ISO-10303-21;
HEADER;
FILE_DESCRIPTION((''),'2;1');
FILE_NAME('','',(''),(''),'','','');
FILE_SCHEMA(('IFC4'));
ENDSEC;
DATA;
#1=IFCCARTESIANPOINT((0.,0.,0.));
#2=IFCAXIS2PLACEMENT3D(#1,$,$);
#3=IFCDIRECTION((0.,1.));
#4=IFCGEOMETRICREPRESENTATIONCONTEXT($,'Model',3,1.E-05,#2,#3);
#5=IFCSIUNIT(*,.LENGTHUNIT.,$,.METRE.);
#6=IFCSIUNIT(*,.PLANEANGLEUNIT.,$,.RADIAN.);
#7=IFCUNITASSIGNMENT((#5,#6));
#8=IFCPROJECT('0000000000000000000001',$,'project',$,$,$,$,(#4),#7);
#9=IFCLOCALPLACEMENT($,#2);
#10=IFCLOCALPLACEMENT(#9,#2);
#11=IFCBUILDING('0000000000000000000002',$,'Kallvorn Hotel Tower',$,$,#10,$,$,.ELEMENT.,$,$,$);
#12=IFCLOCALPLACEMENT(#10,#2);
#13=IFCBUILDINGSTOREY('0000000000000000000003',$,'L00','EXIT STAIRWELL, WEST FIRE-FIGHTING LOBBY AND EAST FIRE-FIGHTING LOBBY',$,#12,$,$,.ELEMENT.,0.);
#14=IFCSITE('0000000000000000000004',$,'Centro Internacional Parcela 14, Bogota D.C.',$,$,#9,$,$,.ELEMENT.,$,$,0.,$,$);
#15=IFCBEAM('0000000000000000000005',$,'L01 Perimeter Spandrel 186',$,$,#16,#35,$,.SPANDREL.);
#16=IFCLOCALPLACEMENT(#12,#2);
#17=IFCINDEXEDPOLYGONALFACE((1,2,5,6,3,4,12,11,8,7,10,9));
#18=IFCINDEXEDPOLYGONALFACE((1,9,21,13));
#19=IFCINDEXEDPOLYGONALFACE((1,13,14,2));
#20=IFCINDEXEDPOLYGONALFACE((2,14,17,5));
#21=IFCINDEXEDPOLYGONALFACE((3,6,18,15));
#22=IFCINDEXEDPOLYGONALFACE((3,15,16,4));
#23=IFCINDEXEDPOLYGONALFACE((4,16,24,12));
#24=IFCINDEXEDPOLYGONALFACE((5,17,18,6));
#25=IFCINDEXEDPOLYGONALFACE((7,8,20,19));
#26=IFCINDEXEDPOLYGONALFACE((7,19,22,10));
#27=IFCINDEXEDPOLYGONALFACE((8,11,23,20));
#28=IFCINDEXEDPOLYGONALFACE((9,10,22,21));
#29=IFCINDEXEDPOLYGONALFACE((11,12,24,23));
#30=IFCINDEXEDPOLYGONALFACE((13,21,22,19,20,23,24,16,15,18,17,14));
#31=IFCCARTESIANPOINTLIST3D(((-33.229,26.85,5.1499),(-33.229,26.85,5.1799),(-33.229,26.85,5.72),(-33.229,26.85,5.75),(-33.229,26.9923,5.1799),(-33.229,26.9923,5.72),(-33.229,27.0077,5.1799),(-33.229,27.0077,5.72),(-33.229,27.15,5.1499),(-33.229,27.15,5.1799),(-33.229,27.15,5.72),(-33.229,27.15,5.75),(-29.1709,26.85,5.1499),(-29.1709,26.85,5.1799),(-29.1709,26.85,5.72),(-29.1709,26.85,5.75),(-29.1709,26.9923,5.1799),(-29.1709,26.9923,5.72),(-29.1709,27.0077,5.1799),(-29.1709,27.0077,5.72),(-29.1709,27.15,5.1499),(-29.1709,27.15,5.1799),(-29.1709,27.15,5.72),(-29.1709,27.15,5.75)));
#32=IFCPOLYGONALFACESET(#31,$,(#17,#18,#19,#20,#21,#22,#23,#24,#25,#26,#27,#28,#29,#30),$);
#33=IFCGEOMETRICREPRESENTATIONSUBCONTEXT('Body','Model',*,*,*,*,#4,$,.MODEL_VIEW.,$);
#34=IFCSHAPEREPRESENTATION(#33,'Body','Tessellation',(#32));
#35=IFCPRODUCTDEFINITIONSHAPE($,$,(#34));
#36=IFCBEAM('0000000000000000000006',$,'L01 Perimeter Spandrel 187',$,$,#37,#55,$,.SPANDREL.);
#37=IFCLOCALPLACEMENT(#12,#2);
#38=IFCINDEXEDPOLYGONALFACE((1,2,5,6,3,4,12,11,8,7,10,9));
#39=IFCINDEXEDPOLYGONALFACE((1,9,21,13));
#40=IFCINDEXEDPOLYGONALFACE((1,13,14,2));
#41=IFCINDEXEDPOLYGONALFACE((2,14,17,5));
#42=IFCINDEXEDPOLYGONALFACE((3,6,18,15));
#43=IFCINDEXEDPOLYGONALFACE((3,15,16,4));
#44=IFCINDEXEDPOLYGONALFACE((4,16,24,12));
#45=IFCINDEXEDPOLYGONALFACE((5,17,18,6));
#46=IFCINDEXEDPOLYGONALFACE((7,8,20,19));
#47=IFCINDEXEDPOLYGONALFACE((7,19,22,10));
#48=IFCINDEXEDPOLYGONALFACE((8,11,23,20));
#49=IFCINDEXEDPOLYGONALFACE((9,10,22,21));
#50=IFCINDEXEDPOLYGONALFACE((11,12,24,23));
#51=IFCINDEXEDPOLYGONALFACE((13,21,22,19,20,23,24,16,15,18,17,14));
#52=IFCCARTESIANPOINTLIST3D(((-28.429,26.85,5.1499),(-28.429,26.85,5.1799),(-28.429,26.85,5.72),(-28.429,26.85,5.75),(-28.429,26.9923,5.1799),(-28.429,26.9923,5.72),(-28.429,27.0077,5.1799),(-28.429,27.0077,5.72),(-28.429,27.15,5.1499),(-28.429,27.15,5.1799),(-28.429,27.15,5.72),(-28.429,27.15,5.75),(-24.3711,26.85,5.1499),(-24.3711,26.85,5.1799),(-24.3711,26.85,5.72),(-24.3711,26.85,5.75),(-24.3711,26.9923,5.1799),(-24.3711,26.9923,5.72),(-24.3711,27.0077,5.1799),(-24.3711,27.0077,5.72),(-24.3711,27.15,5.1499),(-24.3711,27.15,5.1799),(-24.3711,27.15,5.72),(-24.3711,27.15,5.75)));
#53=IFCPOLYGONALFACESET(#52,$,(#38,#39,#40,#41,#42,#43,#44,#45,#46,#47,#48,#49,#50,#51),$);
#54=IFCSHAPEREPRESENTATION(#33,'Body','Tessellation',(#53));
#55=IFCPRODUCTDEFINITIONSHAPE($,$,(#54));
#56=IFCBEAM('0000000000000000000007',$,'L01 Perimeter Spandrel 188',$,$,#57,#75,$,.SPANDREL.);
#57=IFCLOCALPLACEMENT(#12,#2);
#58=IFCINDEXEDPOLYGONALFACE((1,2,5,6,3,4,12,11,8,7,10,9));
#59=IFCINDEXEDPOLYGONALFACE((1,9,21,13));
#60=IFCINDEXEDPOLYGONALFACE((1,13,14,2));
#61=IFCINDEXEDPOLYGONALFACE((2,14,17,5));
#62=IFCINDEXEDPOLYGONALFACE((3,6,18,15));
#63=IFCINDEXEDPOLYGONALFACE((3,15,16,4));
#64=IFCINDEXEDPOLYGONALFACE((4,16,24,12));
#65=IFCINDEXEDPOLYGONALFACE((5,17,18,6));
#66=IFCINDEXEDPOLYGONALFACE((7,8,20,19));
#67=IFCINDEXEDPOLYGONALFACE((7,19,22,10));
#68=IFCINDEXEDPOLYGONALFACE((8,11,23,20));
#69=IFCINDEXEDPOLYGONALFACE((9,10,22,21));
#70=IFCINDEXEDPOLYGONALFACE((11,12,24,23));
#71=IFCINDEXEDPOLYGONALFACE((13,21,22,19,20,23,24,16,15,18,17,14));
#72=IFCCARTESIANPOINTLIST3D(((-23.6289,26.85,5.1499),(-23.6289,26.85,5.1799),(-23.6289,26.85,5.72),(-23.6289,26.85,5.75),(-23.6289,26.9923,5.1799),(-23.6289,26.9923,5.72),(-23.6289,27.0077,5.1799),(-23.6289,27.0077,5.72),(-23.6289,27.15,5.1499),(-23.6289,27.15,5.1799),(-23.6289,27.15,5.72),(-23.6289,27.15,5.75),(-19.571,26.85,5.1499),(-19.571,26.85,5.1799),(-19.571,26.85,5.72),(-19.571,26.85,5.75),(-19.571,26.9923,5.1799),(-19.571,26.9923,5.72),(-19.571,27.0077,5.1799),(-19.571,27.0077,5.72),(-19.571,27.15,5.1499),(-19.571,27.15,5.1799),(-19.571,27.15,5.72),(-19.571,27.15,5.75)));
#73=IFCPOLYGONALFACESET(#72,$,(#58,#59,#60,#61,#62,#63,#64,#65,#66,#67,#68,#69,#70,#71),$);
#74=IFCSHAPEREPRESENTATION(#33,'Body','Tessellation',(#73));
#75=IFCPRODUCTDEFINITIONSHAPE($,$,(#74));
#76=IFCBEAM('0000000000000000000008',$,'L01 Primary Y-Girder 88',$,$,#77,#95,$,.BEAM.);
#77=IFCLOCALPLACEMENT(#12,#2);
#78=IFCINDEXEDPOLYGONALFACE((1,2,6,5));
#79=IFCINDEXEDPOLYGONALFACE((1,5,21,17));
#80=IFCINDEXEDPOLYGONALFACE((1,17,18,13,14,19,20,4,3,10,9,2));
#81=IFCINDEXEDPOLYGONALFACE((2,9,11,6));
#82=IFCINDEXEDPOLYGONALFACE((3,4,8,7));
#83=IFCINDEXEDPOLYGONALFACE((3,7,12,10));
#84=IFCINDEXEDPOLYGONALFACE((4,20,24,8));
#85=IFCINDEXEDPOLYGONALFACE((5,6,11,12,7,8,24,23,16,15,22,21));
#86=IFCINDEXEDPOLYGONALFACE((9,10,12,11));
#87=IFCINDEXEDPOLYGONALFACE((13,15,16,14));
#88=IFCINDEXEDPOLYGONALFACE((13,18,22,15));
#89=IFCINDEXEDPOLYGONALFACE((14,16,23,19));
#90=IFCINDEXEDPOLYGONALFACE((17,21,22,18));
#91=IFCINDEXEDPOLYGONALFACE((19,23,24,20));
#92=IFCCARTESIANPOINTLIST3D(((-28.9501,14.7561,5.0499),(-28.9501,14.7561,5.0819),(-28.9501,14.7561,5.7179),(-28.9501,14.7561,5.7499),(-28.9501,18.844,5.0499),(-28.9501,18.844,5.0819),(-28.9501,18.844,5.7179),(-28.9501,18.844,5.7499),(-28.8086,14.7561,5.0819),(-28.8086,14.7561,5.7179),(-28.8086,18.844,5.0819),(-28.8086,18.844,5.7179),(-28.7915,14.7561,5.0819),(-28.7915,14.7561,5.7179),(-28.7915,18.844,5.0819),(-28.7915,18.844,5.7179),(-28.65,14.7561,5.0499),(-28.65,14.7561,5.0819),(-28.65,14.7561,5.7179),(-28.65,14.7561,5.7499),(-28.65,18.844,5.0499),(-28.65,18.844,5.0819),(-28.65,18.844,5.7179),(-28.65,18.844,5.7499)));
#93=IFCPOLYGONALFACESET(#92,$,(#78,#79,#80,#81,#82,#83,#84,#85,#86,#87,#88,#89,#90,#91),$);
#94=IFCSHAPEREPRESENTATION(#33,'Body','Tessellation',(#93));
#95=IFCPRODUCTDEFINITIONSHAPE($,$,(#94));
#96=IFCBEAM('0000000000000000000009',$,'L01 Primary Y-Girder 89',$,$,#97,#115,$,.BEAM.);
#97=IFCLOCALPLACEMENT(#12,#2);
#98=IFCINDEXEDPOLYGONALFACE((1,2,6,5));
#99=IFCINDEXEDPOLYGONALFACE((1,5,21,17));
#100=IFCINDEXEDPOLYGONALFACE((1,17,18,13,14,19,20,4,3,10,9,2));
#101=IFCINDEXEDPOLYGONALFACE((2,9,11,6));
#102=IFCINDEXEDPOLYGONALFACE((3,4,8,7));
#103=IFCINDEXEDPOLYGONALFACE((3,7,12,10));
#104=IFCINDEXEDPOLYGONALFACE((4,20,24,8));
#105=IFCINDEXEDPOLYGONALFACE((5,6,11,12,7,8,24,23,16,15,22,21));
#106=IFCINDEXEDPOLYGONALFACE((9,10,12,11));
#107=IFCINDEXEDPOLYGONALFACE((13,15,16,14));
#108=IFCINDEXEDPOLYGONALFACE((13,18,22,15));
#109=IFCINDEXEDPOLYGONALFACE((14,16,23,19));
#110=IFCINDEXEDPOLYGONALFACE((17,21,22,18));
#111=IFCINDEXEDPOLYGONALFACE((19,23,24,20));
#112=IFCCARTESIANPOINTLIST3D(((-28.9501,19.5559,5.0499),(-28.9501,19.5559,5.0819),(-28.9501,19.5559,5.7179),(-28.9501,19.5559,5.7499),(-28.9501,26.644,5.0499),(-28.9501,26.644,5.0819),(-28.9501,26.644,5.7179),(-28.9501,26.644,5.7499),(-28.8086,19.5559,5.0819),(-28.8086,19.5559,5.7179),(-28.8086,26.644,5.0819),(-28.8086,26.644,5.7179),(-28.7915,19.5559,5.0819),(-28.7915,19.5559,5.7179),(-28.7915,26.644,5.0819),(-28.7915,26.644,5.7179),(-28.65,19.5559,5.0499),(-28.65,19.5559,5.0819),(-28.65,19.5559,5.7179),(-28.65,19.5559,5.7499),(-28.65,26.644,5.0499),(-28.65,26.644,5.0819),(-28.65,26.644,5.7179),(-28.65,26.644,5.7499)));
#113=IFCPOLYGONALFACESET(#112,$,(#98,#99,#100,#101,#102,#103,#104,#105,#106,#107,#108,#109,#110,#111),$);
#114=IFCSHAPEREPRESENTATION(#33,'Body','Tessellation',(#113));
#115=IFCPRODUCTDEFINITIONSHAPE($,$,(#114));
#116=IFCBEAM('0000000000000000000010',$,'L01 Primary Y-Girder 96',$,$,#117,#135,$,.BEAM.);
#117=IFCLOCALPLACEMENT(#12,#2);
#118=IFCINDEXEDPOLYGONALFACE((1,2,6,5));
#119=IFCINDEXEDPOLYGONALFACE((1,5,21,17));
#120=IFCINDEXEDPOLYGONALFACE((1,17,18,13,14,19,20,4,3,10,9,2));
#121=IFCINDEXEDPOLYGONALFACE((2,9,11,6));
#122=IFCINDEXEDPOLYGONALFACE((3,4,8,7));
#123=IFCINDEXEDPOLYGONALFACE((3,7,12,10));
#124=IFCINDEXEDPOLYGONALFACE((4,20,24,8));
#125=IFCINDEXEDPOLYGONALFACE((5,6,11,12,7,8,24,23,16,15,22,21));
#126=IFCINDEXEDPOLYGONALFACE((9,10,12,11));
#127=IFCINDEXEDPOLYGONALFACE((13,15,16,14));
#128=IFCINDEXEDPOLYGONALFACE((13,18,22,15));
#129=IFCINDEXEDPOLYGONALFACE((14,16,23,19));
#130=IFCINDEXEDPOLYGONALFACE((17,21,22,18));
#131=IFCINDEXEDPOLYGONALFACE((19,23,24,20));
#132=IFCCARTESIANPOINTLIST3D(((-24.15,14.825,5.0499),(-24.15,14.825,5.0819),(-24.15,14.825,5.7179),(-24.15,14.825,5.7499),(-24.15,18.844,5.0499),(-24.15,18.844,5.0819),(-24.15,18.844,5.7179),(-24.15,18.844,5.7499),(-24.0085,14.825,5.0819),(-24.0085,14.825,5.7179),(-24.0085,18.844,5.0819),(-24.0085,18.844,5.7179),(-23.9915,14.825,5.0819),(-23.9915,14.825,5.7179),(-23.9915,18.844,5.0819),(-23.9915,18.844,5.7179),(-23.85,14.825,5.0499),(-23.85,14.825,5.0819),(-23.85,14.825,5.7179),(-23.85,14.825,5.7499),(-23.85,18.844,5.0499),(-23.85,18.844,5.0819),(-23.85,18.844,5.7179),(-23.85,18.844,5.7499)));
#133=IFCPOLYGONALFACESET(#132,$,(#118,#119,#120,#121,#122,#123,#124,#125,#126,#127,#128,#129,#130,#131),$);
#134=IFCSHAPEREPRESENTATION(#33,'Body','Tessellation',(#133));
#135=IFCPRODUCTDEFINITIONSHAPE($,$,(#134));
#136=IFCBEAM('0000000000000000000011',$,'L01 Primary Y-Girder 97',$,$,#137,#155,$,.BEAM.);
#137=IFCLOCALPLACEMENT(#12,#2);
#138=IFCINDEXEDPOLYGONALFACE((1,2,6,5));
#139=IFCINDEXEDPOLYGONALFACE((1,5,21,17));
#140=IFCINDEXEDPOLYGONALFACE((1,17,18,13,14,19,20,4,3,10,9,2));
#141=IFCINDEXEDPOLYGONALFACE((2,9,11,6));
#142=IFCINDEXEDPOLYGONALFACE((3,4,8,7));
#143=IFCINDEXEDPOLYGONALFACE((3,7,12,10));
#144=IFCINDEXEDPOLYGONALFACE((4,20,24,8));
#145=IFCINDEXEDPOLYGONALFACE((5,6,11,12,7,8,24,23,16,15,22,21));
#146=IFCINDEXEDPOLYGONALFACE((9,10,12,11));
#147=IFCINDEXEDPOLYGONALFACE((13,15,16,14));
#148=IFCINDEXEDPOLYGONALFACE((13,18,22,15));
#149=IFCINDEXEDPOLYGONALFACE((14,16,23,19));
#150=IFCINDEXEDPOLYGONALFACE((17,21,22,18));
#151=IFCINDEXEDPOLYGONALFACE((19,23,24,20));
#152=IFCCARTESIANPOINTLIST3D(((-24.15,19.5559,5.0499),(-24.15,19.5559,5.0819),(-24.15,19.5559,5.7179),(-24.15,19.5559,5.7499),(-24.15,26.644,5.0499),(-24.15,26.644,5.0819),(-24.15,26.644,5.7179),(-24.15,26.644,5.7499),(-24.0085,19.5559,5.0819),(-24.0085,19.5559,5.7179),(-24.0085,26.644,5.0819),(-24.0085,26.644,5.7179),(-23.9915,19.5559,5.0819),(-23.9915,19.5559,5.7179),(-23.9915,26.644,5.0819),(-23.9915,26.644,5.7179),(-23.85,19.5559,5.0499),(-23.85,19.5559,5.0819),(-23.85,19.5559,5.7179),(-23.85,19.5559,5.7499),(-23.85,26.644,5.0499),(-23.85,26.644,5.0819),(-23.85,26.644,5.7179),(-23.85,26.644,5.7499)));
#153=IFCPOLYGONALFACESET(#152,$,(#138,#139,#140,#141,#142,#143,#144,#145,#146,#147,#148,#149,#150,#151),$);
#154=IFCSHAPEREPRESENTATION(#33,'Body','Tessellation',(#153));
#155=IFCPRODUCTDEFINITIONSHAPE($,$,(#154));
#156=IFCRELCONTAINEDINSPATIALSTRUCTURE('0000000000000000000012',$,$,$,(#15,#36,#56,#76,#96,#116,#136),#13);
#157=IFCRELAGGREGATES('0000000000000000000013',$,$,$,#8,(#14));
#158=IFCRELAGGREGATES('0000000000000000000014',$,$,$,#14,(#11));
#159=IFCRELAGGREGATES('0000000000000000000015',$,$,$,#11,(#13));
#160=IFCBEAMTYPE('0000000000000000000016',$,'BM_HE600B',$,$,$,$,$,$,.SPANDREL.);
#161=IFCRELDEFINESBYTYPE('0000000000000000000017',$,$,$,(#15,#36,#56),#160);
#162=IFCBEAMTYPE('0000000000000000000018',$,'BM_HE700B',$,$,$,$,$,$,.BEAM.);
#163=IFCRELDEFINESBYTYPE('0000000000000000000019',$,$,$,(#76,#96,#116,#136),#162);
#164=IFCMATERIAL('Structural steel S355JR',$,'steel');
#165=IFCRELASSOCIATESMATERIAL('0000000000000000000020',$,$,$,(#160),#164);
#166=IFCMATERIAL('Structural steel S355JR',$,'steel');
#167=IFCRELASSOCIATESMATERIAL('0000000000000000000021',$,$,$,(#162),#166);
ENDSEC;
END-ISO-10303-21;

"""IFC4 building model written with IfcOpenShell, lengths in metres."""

from ifc_helpers import new_model, si_unit, direction, frame, origin, origin_2d, place, context, subcontext, project, spatial, i_section, extrude, material, material_profile, profile_set, type_object, element, save


model = new_model("IFC4")

# Units and contexts
model_context = context("Model", 3, precision=1e-05, world=origin(), true_north=direction((0.0, 1.0)))
body_context = subcontext(model_context, "Body", "Model", "MODEL_VIEW")
ifc_project = project(units=[si_unit("LENGTHUNIT", "METRE"), si_unit("PLANEANGLEUNIT", "RADIAN")], contexts=[model_context])

# Site, building, storey
site_placement = place(None, origin())
site = spatial("IfcSite", under=ifc_project, at=site_placement, Name="Centro Internacional Parcela 14, Bogota D.C.", CompositionType="ELEMENT", RefElevation=0.0)
building_placement = place(site_placement, origin())
building = spatial("IfcBuilding", under=site, at=building_placement, Name="Kallvorn Hotel Tower", CompositionType="ELEMENT")
storey_placement = place(building_placement, origin())
storey = spatial("IfcBuildingStorey", under=building, at=storey_placement, Name="L00", Description="EXIT STAIRWELL, WEST FIRE-FIGHTING LOBBY AND EAST FIRE-FIGHTING LOBBY", CompositionType="ELEMENT", Elevation=0.0)

# Beams
ifc_material_1 = material(Name="Structural steel S355JR", Category="steel")
ifc_material_profile_1 = material_profile(ifc_material_1, i_section(OverallWidth=0.3, OverallDepth=0.6001, WebThickness=0.0154, FlangeThickness=0.03, at=origin_2d()), Name="HE 600 B")
ifc_profile_set_1 = profile_set([ifc_material_profile_1], Name="Structural steel S355JR")
beam_type_1 = type_object("IfcBeamType", Name="BM_HE600B", PredefinedType="SPANDREL", material=ifc_profile_set_1)
beam_1_placement = place(storey_placement, frame((-33.229, 27.0, 5.45), z_axis=(1.0, 0.0, 0.0), x_axis=(0.0, 1.0, 0.0)))
element("IfcBeam", 1, at=beam_1_placement, inside=storey, type_object=beam_type_1, Name="L01 Perimeter Spandrel 186", PredefinedType="SPANDREL", context=body_context, shape_type="SweptSolid", body=[
    extrude(i_section(OverallWidth=0.3, OverallDepth=0.6001, WebThickness=0.0154, FlangeThickness=0.03, at=origin_2d()), origin(), (0.0, 0.0, 1.0), 4.0581),
])
for number, where, z_axis, x_axis, name in (
    (2, (-28.429, 27.0, 5.45), (1.0, 0.0, 0.0), (0.0, 1.0, 0.0), "L01 Perimeter Spandrel 187"),
    (3, (-23.6289, 27.0, 5.45), (1.0, 0.0, 0.0), (0.0, 1.0, 0.0), "L01 Perimeter Spandrel 188"),
):
    element("IfcBeam", number, at=place(storey_placement, frame(where, z_axis=z_axis, x_axis=x_axis)), inside=storey, type_object=beam_type_1, Name=name, PredefinedType="SPANDREL", context=body_context, shape_type="SweptSolid", body=[
        extrude(i_section(OverallWidth=0.3, OverallDepth=0.6001, WebThickness=0.0154, FlangeThickness=0.03, at=origin_2d()), origin(), (0.0, 0.0, 1.0), 4.0579),
    ])
ifc_material_2 = material(Name="Structural steel S355JR", Category="steel")
ifc_material_profile_2 = material_profile(ifc_material_2, i_section(OverallWidth=0.3, OverallDepth=0.7, WebThickness=0.0171, FlangeThickness=0.032, at=origin_2d()), Name="HE 700 B")
ifc_profile_set_2 = profile_set([ifc_material_profile_2], Name="Structural steel S355JR")
beam_type_2 = type_object("IfcBeamType", Name="BM_HE700B", PredefinedType="BEAM", material=ifc_profile_set_2)
beam_2_placement = place(storey_placement, frame((-28.8, 14.7561, 5.3999), z_axis=(0.0, 1.0, 0.0), x_axis=(-1.0, 0.0, 0.0)))
element("IfcBeam", 4, at=beam_2_placement, inside=storey, type_object=beam_type_2, Name="L01 Primary Y-Girder 88", PredefinedType="BEAM", context=body_context, shape_type="SweptSolid", body=[
    extrude(i_section(OverallWidth=0.3, OverallDepth=0.7, WebThickness=0.0171, FlangeThickness=0.032, at=origin_2d()), origin(), (0.0, 0.0, 1.0), 4.0879),
])
beam_3_placement = place(storey_placement, frame((-28.8, 19.5559, 5.3999), z_axis=(0.0, 1.0, 0.0), x_axis=(-1.0, 0.0, 0.0)))
element("IfcBeam", 5, at=beam_3_placement, inside=storey, type_object=beam_type_2, Name="L01 Primary Y-Girder 89", PredefinedType="BEAM", context=body_context, shape_type="SweptSolid", body=[
    extrude(i_section(OverallWidth=0.3, OverallDepth=0.7, WebThickness=0.0171, FlangeThickness=0.032, at=origin_2d()), origin(), (0.0, 0.0, 1.0), 7.0881),
])
beam_4_placement = place(storey_placement, frame((-24.0, 14.825, 5.3999), z_axis=(0.0, 1.0, 0.0), x_axis=(-1.0, 0.0, 0.0)))
element("IfcBeam", 6, at=beam_4_placement, inside=storey, type_object=beam_type_2, Name="L01 Primary Y-Girder 96", PredefinedType="BEAM", context=body_context, shape_type="SweptSolid", body=[
    extrude(i_section(OverallWidth=0.3, OverallDepth=0.7, WebThickness=0.0171, FlangeThickness=0.032, at=origin_2d()), origin(), (0.0, 0.0, 1.0), 4.019),
])
beam_5_placement = place(storey_placement, frame((-24.0, 19.5559, 5.3999), z_axis=(0.0, 1.0, 0.0), x_axis=(-1.0, 0.0, 0.0)))
element("IfcBeam", 7, at=beam_5_placement, inside=storey, type_object=beam_type_2, Name="L01 Primary Y-Girder 97", PredefinedType="BEAM", context=body_context, shape_type="SweptSolid", body=[
    extrude(i_section(OverallWidth=0.3, OverallDepth=0.7, WebThickness=0.0171, FlangeThickness=0.032, at=origin_2d()), origin(), (0.0, 0.0, 1.0), 7.0881),
])

save(model, "model.ifc")
